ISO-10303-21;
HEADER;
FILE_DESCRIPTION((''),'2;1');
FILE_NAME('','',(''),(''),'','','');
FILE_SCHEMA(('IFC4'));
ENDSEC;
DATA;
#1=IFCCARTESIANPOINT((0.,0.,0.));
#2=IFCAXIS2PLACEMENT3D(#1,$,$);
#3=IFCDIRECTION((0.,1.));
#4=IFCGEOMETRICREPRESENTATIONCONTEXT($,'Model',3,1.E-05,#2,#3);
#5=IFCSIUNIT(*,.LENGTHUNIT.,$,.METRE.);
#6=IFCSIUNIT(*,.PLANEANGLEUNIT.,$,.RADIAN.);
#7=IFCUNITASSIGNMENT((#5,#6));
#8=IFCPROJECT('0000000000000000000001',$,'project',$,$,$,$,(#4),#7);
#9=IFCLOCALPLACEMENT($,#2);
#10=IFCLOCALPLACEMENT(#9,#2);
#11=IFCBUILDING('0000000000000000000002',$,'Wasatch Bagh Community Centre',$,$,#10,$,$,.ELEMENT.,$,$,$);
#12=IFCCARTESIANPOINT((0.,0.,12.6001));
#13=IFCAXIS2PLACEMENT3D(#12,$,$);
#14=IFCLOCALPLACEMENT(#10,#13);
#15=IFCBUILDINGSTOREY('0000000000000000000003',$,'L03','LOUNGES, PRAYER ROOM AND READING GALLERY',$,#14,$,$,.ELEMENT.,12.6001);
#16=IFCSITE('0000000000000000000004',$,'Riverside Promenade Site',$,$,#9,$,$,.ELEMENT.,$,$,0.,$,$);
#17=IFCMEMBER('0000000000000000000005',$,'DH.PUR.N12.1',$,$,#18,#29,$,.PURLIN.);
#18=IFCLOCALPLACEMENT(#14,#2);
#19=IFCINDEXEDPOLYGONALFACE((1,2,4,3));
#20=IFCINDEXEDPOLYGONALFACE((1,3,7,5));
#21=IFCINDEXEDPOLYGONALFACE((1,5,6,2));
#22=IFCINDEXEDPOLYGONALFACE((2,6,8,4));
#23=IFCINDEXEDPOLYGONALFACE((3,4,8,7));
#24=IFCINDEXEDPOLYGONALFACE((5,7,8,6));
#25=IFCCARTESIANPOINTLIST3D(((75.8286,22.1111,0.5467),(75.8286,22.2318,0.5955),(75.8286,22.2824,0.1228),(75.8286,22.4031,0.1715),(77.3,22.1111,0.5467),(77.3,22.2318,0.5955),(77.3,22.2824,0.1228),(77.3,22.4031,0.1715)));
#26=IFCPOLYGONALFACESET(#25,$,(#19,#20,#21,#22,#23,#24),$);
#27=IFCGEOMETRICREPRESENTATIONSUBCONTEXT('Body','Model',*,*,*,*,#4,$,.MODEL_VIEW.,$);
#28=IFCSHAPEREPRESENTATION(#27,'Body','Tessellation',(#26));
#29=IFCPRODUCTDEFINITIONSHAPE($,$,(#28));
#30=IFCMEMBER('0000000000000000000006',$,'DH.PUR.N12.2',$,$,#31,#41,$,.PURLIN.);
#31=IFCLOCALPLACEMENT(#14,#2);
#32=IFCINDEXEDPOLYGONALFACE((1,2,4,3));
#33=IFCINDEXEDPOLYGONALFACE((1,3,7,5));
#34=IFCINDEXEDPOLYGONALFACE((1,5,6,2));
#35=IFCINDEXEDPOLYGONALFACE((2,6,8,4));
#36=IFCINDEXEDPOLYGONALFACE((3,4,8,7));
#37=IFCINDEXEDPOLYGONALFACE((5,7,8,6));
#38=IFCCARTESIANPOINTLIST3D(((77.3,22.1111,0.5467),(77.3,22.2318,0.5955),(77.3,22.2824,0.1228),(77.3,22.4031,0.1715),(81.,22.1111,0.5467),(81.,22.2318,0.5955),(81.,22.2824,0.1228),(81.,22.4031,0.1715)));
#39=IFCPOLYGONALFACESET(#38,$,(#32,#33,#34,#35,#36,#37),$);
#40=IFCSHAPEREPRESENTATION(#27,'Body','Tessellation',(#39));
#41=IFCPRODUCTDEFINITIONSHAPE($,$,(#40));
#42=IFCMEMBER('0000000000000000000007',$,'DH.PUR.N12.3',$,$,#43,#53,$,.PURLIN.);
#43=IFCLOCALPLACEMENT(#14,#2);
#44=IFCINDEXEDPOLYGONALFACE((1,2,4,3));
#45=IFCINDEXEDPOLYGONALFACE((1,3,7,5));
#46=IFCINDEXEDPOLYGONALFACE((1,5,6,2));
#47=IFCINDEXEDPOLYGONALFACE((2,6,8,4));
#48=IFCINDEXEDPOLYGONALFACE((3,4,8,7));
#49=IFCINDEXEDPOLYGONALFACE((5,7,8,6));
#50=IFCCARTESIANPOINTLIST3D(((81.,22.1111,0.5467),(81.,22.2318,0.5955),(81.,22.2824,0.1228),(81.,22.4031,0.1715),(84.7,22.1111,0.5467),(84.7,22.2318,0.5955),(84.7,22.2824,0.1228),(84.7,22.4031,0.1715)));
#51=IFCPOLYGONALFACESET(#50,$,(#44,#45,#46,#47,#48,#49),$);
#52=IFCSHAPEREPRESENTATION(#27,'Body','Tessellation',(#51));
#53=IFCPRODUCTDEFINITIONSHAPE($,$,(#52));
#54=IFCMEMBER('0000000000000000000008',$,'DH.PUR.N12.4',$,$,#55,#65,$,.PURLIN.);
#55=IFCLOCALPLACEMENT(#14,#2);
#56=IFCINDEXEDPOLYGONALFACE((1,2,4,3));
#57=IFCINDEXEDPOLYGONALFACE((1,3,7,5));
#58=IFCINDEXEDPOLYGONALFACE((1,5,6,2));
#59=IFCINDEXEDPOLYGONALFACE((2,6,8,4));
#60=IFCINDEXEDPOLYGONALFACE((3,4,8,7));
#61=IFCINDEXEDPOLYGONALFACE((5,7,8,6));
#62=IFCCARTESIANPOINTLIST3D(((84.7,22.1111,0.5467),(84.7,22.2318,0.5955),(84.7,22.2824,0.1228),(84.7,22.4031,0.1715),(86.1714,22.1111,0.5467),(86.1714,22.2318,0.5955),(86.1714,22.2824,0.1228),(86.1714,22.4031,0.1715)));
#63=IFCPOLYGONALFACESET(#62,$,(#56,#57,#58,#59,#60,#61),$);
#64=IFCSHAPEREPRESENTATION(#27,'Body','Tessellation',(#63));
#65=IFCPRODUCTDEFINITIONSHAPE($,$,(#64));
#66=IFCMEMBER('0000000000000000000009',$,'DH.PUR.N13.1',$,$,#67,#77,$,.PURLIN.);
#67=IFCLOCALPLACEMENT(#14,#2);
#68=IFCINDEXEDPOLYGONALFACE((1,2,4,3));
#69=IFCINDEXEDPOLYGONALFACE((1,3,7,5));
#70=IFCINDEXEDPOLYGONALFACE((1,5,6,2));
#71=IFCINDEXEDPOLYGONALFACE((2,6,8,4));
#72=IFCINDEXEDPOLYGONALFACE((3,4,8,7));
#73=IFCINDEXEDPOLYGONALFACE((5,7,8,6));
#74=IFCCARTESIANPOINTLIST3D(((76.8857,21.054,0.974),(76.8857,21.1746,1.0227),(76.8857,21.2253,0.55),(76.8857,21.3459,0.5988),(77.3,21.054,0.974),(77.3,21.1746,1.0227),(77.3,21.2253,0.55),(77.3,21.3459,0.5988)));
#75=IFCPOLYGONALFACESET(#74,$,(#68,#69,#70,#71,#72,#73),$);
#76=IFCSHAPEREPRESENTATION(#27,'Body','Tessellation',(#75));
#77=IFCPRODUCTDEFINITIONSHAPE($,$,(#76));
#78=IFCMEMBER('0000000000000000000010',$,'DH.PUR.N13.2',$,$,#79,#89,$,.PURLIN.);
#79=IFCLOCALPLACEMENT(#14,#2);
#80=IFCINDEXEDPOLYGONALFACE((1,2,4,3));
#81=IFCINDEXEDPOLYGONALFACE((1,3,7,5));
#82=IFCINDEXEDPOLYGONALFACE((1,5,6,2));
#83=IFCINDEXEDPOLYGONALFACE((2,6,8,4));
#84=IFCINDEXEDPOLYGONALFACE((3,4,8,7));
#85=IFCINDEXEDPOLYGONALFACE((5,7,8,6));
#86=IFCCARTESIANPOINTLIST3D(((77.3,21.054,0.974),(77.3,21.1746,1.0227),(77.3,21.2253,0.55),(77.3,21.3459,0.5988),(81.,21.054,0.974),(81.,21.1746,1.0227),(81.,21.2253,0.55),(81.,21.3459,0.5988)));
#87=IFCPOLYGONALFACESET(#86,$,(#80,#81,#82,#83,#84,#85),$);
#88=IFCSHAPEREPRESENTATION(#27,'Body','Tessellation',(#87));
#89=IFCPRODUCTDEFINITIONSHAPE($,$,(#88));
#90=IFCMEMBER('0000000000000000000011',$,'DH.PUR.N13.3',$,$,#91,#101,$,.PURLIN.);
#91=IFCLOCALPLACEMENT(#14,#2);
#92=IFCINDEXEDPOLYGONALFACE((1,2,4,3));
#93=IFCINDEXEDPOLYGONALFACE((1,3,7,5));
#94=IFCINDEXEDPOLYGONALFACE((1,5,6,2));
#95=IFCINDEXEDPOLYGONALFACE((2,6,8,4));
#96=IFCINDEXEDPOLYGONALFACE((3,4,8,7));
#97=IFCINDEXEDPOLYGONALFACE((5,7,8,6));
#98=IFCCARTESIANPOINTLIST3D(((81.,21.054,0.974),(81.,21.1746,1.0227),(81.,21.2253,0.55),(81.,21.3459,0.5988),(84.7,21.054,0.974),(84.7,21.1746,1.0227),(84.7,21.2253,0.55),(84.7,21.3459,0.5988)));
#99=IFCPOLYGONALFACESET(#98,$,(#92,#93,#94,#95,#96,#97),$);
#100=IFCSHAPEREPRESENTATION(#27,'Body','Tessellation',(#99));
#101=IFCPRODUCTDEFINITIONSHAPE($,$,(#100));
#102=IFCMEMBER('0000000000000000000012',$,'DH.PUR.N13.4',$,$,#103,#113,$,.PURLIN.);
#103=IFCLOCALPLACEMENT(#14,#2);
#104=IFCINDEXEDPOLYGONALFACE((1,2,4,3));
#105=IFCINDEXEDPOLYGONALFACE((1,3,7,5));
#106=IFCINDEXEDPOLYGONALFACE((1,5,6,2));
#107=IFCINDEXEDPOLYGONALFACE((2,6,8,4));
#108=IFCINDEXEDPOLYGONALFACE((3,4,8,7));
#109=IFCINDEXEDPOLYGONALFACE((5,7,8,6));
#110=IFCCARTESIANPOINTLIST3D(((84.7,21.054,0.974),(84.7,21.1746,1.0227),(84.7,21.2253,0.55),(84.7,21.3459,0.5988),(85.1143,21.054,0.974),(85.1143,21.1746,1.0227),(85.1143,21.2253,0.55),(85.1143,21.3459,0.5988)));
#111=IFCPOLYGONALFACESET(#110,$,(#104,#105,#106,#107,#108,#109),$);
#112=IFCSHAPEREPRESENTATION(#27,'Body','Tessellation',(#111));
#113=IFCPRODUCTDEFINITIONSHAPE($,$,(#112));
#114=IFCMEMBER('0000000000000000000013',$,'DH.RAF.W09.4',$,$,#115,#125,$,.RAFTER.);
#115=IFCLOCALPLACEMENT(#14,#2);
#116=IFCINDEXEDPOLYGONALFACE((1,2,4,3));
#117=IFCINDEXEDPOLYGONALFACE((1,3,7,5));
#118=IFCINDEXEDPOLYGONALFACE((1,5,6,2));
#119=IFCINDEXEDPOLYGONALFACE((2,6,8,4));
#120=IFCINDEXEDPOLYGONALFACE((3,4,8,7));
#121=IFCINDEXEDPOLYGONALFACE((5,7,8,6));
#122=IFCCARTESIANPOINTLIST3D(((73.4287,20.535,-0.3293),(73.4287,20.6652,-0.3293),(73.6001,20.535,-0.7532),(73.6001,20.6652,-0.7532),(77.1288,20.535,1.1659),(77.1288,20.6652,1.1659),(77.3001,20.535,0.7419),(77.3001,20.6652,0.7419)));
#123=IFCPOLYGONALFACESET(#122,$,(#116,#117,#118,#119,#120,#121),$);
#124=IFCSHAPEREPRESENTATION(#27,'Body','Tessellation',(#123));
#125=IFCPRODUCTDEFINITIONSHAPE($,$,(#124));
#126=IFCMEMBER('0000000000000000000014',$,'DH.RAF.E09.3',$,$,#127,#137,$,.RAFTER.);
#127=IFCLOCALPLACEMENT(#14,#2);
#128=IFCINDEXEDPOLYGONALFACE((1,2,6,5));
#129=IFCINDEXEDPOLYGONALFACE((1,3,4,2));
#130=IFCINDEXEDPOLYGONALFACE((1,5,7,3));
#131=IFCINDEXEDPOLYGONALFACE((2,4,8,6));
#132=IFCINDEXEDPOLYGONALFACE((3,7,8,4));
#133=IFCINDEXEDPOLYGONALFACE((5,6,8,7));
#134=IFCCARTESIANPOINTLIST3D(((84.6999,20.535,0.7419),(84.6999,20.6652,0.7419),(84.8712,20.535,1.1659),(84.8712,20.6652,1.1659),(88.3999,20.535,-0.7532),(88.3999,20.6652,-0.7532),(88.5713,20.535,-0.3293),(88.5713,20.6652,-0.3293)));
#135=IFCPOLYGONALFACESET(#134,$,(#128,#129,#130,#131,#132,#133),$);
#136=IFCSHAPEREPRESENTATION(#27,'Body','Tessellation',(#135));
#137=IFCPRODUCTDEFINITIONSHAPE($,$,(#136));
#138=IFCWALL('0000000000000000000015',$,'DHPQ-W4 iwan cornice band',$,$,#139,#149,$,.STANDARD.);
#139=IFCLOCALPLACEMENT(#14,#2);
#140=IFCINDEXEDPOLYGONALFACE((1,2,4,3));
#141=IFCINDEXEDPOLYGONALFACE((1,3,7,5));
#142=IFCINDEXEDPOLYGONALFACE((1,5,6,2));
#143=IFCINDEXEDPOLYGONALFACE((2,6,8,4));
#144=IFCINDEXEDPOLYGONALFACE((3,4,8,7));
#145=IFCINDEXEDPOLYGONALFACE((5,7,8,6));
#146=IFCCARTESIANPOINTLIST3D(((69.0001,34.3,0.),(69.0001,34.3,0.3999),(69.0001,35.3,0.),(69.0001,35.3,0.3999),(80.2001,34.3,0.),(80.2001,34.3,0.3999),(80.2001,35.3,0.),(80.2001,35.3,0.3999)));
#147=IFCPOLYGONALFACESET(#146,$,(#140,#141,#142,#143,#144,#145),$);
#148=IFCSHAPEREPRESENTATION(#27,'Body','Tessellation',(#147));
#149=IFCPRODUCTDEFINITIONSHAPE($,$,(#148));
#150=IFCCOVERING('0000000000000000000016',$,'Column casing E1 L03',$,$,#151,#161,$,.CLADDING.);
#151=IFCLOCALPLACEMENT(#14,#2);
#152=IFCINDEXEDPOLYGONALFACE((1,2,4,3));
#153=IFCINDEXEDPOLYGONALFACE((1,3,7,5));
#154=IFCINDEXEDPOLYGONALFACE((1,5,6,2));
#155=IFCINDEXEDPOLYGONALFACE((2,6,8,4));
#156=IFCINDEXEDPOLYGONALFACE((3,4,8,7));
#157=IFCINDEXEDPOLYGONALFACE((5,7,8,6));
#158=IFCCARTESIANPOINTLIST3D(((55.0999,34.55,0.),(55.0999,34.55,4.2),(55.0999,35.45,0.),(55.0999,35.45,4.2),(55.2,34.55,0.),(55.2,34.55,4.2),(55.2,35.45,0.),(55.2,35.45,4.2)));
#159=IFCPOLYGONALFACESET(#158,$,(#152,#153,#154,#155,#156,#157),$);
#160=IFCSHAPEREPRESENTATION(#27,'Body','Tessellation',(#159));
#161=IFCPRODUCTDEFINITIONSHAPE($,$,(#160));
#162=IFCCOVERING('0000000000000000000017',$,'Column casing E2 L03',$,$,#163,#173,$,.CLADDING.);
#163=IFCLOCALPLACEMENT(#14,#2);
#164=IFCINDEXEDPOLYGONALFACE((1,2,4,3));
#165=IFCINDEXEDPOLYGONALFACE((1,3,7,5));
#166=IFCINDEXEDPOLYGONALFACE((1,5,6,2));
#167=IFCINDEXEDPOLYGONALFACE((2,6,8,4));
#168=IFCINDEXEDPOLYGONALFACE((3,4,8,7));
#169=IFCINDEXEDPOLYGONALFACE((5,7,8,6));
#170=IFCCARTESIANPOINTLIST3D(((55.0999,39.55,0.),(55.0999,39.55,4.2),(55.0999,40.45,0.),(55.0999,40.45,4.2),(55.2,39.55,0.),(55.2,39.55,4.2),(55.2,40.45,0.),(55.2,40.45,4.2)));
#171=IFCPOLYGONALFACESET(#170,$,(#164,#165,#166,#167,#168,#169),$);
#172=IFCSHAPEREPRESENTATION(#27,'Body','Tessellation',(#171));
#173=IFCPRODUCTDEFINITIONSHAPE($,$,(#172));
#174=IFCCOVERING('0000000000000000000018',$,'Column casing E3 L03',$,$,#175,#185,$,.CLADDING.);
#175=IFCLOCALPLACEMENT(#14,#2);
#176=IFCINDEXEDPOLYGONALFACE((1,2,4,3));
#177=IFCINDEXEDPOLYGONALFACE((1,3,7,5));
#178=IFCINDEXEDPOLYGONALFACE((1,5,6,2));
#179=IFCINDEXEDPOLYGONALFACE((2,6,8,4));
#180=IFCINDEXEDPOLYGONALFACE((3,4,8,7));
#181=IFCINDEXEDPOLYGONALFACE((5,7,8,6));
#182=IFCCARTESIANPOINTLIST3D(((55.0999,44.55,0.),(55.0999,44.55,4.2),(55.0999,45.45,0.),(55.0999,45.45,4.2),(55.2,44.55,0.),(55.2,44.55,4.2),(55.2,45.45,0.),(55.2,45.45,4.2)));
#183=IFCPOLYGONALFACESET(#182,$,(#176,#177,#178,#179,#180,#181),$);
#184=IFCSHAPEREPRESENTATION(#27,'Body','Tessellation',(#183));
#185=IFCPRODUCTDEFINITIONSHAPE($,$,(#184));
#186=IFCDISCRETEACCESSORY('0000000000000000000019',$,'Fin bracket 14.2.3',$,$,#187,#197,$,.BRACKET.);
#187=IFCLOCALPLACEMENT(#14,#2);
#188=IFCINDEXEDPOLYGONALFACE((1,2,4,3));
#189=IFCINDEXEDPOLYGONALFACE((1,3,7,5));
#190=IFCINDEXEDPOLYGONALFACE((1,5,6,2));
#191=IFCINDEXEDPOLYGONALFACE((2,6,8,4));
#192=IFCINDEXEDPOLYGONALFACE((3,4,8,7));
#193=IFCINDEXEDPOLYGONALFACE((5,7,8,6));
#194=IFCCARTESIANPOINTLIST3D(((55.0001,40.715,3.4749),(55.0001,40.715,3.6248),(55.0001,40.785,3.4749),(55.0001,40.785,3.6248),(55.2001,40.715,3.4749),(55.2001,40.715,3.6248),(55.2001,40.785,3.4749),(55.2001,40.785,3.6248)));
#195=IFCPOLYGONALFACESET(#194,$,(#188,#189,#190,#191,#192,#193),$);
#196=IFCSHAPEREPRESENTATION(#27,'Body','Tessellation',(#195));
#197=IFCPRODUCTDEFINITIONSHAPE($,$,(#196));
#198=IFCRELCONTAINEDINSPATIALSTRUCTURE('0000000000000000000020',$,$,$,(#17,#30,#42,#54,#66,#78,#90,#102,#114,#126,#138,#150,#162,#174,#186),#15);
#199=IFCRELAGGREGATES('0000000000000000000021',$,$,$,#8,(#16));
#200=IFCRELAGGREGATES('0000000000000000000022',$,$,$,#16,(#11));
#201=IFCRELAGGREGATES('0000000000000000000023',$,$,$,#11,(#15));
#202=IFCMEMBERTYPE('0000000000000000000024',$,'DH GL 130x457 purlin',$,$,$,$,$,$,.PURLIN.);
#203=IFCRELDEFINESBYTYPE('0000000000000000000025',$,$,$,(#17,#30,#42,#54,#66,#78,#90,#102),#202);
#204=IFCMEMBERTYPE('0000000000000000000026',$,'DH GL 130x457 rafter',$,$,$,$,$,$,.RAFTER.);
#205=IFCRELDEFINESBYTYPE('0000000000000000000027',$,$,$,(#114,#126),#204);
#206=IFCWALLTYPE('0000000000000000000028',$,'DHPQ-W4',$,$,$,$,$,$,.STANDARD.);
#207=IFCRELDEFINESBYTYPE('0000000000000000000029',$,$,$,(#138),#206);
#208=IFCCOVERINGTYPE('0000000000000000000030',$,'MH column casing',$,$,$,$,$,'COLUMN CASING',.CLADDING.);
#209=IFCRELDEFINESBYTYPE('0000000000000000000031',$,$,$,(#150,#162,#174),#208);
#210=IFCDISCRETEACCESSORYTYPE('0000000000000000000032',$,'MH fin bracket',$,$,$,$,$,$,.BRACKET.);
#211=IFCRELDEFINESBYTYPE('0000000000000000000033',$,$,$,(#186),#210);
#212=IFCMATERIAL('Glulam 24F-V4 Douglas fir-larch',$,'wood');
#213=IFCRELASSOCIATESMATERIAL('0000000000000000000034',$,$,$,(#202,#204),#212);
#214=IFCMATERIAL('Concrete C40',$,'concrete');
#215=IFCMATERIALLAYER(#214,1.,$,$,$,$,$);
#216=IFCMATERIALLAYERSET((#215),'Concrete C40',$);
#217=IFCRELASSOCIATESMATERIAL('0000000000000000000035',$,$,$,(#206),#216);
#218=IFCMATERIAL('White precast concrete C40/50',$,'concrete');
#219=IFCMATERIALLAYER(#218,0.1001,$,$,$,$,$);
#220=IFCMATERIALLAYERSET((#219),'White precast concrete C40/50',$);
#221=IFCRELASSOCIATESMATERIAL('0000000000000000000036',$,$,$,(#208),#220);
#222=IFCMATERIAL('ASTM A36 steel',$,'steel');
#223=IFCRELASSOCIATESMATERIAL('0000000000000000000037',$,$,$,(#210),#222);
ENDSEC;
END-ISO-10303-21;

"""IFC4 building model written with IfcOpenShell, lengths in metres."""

from ifc_helpers import new_model, si_unit, direction, frame, frame_2d, origin, origin_2d, place, context, subcontext, project, spatial, rectangle, extrude, material, layer, layer_set, material_profile, profile_set, type_object, element, save


model = new_model("IFC4")

# Units and contexts
model_context = context("Model", 3, precision=1e-05, world=origin(), true_north=direction((0.0, 1.0)))
body_context = subcontext(model_context, "Body", "Model", "MODEL_VIEW")
ifc_project = project(units=[si_unit("LENGTHUNIT", "METRE"), si_unit("PLANEANGLEUNIT", "RADIAN")], contexts=[model_context])

# Site, building, storey
site_placement = place(None, origin())
site = spatial("IfcSite", under=ifc_project, at=site_placement, Name="Riverside Promenade Site", CompositionType="ELEMENT", RefElevation=0.0)
building_placement = place(site_placement, origin())
building = spatial("IfcBuilding", under=site, at=building_placement, Name="Wasatch Bagh Community Centre", CompositionType="ELEMENT")
storey_placement = place(building_placement, frame((0.0, 0.0, 12.6001)))
storey = spatial("IfcBuildingStorey", under=building, at=storey_placement, Name="L03", Description="LOUNGES, PRAYER ROOM AND READING GALLERY", CompositionType="ELEMENT", Elevation=12.6001)

# Members
ifc_material_1 = material(Name="Glulam 24F-V4 Douglas fir-larch", Category="wood")
ifc_material_profile_1 = material_profile(ifc_material_1, rectangle(XDim=0.1301, YDim=0.4573, at=origin_2d()), Name="GL 130x457")
ifc_profile_set_1 = profile_set([ifc_material_profile_1], Name="Glulam 24F-V4 Douglas fir-larch")
member_type_1 = type_object("IfcMemberType", Name="DH GL 130x457 purlin", PredefinedType="PURLIN", material=ifc_profile_set_1)
member_1_placement = place(storey_placement, frame((75.8286, 22.2571, 0.3591), z_axis=(1.0, 0.0, 0.0), x_axis=(0.0, 0.927184, 0.374607)))
element("IfcMember", 1, at=member_1_placement, inside=storey, type_object=member_type_1, Name="DH.PUR.N12.1", PredefinedType="PURLIN", context=body_context, shape_type="SweptSolid", body=[
    extrude(rectangle(XDim=0.1301, YDim=0.4573, at=origin_2d()), origin(), (0.0, 0.0, 1.0), 1.4714),
])
for number, where, z_axis, x_axis, name in (
    (2, (77.3, 22.2571, 0.3591), (1.0, 0.0, 0.0), (0.0, 0.927184, 0.374607), "DH.PUR.N12.2"),
    (3, (81.0, 22.2571, 0.3591), (1.0, 0.0, 0.0), (0.0, 0.927184, 0.374607), "DH.PUR.N12.3"),
):
    element("IfcMember", number, at=place(storey_placement, frame(where, z_axis=z_axis, x_axis=x_axis)), inside=storey, type_object=member_type_1, Name=name, PredefinedType="PURLIN", context=body_context, shape_type="SweptSolid", body=[
        extrude(rectangle(XDim=0.1301, YDim=0.4573, at=origin_2d()), origin(), (0.0, 0.0, 1.0), 3.7),
    ])
member_2_placement = place(storey_placement, frame((84.7, 22.2571, 0.3591), z_axis=(1.0, 0.0, 0.0), x_axis=(0.0, 0.927184, 0.374607)))
element("IfcMember", 4, at=member_2_placement, inside=storey, type_object=member_type_1, Name="DH.PUR.N12.4", PredefinedType="PURLIN", context=body_context, shape_type="SweptSolid", body=[
    extrude(rectangle(XDim=0.1301, YDim=0.4573, at=origin_2d()), origin(), (0.0, 0.0, 1.0), 1.4714),
])
member_3_placement = place(storey_placement, frame((76.8857, 21.2, 0.7864), z_axis=(1.0, 0.0, 0.0), x_axis=(0.0, 0.927184, 0.374607)))
element("IfcMember", 5, at=member_3_placement, inside=storey, type_object=member_type_1, Name="DH.PUR.N13.1", PredefinedType="PURLIN", context=body_context, shape_type="SweptSolid", body=[
    extrude(rectangle(XDim=0.1301, YDim=0.4573, at=origin_2d()), origin(), (0.0, 0.0, 1.0), 0.4143),
])
for number, where, z_axis, x_axis, name in (
    (6, (77.3, 21.2, 0.7864), (1.0, 0.0, 0.0), (0.0, 0.927184, 0.374607), "DH.PUR.N13.2"),
    (7, (81.0, 21.2, 0.7864), (1.0, 0.0, 0.0), (0.0, 0.927184, 0.374607), "DH.PUR.N13.3"),
):
    element("IfcMember", number, at=place(storey_placement, frame(where, z_axis=z_axis, x_axis=x_axis)), inside=storey, type_object=member_type_1, Name=name, PredefinedType="PURLIN", context=body_context, shape_type="SweptSolid", body=[
        extrude(rectangle(XDim=0.1301, YDim=0.4573, at=origin_2d()), origin(), (0.0, 0.0, 1.0), 3.7),
    ])
member_4_placement = place(storey_placement, frame((84.7, 21.2, 0.7864), z_axis=(1.0, 0.0, 0.0), x_axis=(0.0, 0.927184, 0.374607)))
element("IfcMember", 8, at=member_4_placement, inside=storey, type_object=member_type_1, Name="DH.PUR.N13.4", PredefinedType="PURLIN", context=body_context, shape_type="SweptSolid", body=[
    extrude(rectangle(XDim=0.1301, YDim=0.4573, at=origin_2d()), origin(), (0.0, 0.0, 1.0), 0.4143),
])
ifc_material_profile_2 = material_profile(ifc_material_1, rectangle(XDim=0.1301, YDim=0.4573, at=origin_2d()), Name="GL 130x457")
ifc_profile_set_2 = profile_set([ifc_material_profile_2], Name="Glulam 24F-V4 Douglas fir-larch")
member_type_2 = type_object("IfcMemberType", Name="DH GL 130x457 rafter", PredefinedType="RAFTER", material=ifc_profile_set_2)
for number, where, z_axis, x_axis, name in (
    (9, (73.5144, 20.6001, -0.5413), (0.927163, 0.0, 0.374658), (0.0, 1.0, 0.0), "DH.RAF.W09.4"),
    (10, (88.4856, 20.6001, -0.5413), (-0.927163, 0.0, 0.374658), (0.0, -1.0, 0.0), "DH.RAF.E09.3"),
):
    element("IfcMember", number, at=place(storey_placement, frame(where, z_axis=z_axis, x_axis=x_axis)), inside=storey, type_object=member_type_2, Name=name, PredefinedType="RAFTER", context=body_context, shape_type="SweptSolid", body=[
        extrude(rectangle(XDim=0.1301, YDim=0.4573, at=origin_2d()), origin(), (0.0, 0.0, 1.0), 3.9907),
    ])

# Wall
ifc_material_2 = material(Name="Concrete C40", Category="concrete")
ifc_layer_1 = layer(ifc_material_2, 1.0)
ifc_layer_set_1 = layer_set([ifc_layer_1], Name="Concrete C40")
wall_type = type_object("IfcWallType", Name="DHPQ-W4", PredefinedType="STANDARD", material=ifc_layer_set_1)
wall_placement = place(storey_placement, frame((69.0, 34.8, 0.0), z_axis=(0.0, 0.0, 1.0), x_axis=(1.0, 0.0, 0.0)))
element("IfcWall", 11, at=wall_placement, inside=storey, type_object=wall_type, Name="DHPQ-W4 iwan cornice band", PredefinedType="STANDARD", context=body_context, shape_type="SweptSolid", body=[
    extrude(rectangle(XDim=11.2, YDim=1.0, at=frame_2d((5.6001, 0.0))), origin(), (0.0, 0.0, 1.0), 0.3999),
])

# Coverings
ifc_material_3 = material(Name="White precast concrete C40/50", Category="concrete")
ifc_layer_2 = layer(ifc_material_3, 0.1001)
ifc_layer_set_2 = layer_set([ifc_layer_2], Name="White precast concrete C40/50")
covering_type = type_object("IfcCoveringType", Name="MH column casing", ElementType="COLUMN CASING", PredefinedType="CLADDING", material=ifc_layer_set_2)
for number, where, z_axis, x_axis, name in (
    (12, (55.1499, 35.0, 0.0), (0.0, 0.0, 1.0), (0.0, 1.0, 0.0), "Column casing E1 L03"),
    (13, (55.1499, 40.0, 0.0), (0.0, 0.0, 1.0), (0.0, 1.0, 0.0), "Column casing E2 L03"),
    (14, (55.1499, 45.0, 0.0), (0.0, 0.0, 1.0), (0.0, 1.0, 0.0), "Column casing E3 L03"),
):
    element("IfcCovering", number, at=place(storey_placement, frame(where, z_axis=z_axis, x_axis=x_axis)), inside=storey, type_object=covering_type, Name=name, PredefinedType="CLADDING", context=body_context, shape_type="SweptSolid", body=[
        extrude(rectangle(XDim=0.8999, YDim=0.1001, at=origin_2d()), origin(), (0.0, 0.0, 1.0), 4.2),
    ])

# Discrete accessory
ifc_material_4 = material(Name="ASTM A36 steel", Category="steel")
discrete_accessory_type = type_object("IfcDiscreteAccessoryType", Name="MH fin bracket", PredefinedType="BRACKET", material=ifc_material_4)
for number, where, z_axis, x_axis, name in (
    (15, (55.1001, 40.75, 3.4749), (0.0, 0.0, 1.0), (0.0, 1.0, 0.0), "Fin bracket 14.2.3"),
):
    element("IfcDiscreteAccessory", number, at=place(storey_placement, frame(where, z_axis=z_axis, x_axis=x_axis)), inside=storey, type_object=discrete_accessory_type, Name=name, PredefinedType="BRACKET", context=body_context, shape_type="SweptSolid", body=[
        extrude(rectangle(XDim=0.0701, YDim=0.2, at=origin_2d()), origin(), (0.0, 0.0, 1.0), 0.1499),
    ])

save(model, "model.ifc")
